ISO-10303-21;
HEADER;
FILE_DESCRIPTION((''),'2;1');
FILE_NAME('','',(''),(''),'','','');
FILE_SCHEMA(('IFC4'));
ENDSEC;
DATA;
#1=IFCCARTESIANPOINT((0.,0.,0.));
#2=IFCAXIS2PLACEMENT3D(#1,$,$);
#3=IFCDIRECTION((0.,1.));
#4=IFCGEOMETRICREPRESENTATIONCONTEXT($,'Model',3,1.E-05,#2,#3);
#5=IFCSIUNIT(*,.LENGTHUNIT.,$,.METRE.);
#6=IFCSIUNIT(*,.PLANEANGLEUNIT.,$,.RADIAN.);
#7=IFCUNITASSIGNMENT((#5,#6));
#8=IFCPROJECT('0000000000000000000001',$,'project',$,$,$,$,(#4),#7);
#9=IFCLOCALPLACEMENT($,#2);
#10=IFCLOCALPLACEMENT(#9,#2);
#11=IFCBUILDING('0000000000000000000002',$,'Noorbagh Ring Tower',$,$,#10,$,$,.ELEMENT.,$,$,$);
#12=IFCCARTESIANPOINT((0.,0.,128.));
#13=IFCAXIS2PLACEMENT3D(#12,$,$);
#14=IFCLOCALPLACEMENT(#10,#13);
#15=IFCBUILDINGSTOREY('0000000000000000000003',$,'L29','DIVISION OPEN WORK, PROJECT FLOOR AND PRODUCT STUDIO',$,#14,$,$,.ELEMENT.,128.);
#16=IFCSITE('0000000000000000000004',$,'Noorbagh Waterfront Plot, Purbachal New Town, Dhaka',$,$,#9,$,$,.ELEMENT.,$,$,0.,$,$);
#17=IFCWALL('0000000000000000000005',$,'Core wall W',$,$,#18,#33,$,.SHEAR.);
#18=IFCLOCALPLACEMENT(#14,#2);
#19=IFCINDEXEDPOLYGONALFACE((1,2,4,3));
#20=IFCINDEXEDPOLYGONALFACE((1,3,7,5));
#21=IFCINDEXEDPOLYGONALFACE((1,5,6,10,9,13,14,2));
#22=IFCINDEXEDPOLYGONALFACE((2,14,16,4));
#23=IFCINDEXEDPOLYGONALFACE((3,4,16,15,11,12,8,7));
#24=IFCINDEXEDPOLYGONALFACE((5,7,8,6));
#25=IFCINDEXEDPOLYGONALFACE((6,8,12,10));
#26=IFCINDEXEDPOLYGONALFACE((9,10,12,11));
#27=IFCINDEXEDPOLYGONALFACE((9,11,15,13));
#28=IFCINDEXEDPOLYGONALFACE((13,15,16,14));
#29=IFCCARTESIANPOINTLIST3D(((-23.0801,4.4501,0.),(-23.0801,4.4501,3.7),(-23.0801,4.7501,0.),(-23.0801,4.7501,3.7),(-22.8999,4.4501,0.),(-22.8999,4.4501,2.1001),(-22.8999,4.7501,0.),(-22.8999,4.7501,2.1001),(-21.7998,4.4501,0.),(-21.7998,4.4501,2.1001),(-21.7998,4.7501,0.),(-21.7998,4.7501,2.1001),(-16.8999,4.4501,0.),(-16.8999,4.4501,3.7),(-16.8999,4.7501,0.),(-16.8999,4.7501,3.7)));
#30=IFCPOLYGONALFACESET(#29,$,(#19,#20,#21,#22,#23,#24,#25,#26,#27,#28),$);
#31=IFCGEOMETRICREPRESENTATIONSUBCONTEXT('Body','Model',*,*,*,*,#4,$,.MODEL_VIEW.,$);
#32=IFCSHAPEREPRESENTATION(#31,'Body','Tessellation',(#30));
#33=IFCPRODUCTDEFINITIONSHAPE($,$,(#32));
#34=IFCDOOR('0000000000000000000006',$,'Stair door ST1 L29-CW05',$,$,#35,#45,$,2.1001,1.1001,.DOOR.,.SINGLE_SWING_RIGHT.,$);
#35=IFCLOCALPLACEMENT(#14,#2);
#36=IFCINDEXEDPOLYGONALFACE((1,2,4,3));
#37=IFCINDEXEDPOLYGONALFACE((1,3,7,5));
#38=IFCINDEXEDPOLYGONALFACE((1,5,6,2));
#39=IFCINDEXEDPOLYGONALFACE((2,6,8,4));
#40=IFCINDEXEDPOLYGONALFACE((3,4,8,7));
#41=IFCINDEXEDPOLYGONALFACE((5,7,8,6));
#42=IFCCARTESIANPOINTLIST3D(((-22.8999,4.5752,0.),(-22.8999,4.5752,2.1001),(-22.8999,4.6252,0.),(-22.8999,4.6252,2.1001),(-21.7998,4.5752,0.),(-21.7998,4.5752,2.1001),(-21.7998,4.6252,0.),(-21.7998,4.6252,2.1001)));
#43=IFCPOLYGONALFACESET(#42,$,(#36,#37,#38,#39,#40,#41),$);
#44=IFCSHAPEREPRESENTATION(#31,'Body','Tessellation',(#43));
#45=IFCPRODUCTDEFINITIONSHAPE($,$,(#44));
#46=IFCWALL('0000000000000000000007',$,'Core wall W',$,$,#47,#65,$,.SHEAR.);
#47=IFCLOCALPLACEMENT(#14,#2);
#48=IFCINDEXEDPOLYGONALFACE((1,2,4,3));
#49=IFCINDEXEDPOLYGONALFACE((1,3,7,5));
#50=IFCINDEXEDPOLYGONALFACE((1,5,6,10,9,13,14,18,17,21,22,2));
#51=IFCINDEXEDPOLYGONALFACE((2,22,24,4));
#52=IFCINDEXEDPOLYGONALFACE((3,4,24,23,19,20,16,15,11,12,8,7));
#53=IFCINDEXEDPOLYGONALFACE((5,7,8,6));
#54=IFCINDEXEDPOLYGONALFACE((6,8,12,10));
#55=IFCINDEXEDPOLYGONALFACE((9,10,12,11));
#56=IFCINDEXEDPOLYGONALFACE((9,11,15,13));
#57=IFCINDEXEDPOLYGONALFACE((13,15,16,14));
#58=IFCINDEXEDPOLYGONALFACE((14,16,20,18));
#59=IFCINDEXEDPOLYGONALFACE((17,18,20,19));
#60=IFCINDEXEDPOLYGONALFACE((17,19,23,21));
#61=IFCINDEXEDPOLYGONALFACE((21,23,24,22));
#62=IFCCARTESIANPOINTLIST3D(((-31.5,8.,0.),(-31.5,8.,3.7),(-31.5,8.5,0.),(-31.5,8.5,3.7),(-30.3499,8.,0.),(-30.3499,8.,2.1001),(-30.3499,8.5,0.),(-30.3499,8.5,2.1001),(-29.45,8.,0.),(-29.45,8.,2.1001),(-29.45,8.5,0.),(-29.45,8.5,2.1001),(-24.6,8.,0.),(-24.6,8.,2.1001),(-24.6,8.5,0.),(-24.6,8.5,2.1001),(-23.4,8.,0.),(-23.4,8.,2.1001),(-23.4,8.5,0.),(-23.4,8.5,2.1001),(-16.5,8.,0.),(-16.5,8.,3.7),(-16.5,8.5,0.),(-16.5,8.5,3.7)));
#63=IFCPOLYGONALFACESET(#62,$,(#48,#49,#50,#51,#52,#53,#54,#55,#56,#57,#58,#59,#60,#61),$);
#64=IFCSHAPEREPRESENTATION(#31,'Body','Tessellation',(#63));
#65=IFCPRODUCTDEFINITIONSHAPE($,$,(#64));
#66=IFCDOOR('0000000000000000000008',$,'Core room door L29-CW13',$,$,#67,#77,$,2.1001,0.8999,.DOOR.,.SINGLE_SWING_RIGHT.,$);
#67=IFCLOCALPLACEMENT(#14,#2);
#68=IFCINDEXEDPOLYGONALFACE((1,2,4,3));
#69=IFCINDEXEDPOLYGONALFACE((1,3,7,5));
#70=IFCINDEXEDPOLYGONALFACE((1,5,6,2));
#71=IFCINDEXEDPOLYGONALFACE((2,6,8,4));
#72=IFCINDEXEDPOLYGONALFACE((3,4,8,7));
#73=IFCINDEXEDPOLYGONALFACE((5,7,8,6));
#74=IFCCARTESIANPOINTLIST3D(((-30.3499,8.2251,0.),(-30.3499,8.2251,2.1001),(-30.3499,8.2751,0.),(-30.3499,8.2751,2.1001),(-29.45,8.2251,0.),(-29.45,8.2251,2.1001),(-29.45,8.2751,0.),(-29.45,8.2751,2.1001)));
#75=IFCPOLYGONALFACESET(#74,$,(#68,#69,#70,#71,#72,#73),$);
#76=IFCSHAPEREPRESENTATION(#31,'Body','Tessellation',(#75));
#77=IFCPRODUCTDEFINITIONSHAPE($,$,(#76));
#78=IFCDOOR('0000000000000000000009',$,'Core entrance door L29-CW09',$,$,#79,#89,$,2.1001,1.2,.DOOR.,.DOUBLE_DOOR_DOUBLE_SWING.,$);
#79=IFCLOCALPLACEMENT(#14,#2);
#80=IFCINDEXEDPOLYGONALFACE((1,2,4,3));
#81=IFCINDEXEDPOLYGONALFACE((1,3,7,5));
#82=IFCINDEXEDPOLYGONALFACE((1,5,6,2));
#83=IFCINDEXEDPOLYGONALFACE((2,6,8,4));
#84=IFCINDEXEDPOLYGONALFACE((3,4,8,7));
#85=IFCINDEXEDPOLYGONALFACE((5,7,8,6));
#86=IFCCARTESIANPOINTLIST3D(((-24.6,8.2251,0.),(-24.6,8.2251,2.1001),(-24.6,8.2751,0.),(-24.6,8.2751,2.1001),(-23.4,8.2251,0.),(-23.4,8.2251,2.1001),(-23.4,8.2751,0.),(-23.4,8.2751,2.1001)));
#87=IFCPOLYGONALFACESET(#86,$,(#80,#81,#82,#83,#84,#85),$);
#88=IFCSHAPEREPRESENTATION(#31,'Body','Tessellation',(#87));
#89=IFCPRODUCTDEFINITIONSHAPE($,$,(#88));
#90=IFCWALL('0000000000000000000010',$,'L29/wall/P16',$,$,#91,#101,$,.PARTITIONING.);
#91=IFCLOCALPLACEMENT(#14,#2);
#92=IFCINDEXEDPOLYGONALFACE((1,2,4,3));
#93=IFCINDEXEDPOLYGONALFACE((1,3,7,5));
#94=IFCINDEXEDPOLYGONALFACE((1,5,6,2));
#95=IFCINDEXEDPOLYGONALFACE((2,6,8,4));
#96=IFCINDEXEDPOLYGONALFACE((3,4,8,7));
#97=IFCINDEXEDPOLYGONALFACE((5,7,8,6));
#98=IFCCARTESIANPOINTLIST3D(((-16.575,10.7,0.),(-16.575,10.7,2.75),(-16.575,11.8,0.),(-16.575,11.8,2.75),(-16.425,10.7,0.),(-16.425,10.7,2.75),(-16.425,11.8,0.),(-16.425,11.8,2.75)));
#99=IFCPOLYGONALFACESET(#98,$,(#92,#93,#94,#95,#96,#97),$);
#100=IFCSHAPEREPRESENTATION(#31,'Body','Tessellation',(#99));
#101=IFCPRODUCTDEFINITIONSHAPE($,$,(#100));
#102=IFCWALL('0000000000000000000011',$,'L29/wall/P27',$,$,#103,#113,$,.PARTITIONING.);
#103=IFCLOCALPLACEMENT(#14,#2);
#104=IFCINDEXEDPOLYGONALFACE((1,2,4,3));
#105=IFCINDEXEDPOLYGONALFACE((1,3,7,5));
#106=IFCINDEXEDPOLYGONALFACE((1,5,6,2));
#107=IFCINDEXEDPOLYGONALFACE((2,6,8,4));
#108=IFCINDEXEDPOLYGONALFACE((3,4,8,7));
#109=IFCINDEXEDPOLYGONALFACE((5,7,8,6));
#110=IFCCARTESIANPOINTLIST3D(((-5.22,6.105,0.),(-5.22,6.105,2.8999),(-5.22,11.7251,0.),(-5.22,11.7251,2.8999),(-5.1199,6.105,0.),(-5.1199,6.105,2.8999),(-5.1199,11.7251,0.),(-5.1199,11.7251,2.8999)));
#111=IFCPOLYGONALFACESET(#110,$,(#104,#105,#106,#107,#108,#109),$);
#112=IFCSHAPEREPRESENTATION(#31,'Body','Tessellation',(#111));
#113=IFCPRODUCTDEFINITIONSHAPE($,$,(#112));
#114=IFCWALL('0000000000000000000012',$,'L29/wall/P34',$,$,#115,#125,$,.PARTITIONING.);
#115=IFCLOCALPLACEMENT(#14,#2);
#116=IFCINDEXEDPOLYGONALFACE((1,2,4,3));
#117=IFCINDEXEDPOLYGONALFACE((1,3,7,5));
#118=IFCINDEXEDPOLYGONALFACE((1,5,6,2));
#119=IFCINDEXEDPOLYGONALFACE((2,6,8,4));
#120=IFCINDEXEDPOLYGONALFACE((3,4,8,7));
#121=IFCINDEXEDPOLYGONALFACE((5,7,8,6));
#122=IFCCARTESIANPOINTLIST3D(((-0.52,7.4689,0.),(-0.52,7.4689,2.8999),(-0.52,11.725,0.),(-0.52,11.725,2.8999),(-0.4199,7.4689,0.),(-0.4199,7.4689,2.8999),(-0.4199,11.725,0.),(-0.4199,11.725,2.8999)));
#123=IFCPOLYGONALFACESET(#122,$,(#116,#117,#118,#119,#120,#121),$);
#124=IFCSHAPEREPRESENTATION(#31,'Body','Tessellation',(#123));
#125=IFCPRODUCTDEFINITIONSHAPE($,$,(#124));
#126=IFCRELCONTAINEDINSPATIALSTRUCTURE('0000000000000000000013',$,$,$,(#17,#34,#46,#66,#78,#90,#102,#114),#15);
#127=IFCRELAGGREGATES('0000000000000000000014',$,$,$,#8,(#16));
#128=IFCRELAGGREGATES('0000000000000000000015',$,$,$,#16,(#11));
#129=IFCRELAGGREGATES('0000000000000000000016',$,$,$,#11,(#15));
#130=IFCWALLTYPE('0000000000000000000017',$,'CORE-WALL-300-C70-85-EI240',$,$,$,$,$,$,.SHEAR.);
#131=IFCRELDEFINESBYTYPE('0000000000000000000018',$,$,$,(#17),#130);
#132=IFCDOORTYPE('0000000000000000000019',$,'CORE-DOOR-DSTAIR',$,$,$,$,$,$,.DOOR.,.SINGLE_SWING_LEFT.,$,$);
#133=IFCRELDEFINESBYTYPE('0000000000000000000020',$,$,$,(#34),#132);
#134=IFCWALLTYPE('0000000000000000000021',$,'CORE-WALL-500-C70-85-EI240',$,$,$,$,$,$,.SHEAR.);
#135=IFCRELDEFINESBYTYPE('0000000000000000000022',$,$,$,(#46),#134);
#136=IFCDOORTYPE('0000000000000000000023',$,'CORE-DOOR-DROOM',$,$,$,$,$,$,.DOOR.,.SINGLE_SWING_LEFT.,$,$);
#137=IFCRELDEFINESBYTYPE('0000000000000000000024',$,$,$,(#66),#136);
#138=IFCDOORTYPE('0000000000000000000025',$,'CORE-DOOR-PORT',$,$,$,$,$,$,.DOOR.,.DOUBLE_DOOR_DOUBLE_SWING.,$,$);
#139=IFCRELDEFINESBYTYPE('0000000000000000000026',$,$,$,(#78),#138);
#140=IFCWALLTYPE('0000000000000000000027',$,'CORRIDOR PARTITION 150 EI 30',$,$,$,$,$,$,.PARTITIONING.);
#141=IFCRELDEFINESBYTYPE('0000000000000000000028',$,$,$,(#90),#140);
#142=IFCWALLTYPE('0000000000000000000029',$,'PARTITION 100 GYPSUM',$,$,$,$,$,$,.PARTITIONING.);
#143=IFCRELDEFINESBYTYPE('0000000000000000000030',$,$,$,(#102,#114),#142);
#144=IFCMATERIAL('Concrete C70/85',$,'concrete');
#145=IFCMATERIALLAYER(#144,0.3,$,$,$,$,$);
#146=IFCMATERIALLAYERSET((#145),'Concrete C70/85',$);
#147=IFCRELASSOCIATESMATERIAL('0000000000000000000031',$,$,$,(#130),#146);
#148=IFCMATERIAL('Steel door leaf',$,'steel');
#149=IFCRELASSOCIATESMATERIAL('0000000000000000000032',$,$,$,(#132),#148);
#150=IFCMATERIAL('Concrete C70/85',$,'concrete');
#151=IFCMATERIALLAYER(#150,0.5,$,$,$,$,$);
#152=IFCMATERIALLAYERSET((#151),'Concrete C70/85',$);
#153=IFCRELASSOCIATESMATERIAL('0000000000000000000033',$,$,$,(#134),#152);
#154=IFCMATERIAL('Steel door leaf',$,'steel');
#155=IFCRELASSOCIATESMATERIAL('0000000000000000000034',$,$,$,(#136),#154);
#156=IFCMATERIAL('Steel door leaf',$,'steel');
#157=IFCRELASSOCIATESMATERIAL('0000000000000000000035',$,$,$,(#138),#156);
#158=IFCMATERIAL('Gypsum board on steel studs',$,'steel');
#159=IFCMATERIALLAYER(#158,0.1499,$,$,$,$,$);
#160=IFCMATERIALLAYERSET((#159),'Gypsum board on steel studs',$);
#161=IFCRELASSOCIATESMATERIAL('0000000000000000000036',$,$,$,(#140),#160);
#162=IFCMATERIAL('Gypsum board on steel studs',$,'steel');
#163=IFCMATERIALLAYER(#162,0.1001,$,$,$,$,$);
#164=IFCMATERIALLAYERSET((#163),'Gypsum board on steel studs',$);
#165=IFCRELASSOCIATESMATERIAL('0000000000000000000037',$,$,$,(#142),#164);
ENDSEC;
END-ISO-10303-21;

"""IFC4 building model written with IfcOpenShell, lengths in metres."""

from ifc_helpers import new_model, si_unit, direction, frame, frame_2d, origin, place, context, subcontext, project, spatial, rectangle, extrude, material, layer, layer_set, type_object, element, fill, save


model = new_model("IFC4")

# Units and contexts
model_context = context("Model", 3, precision=1e-05, world=origin(), true_north=direction((0.0, 1.0)))
body_context = subcontext(model_context, "Body", "Model", "MODEL_VIEW")
ifc_project = project(units=[si_unit("LENGTHUNIT", "METRE"), si_unit("PLANEANGLEUNIT", "RADIAN")], contexts=[model_context])

# Site, building, storey
site_placement = place(None, origin())
site = spatial("IfcSite", under=ifc_project, at=site_placement, Name="Noorbagh Waterfront Plot, Purbachal New Town, Dhaka", CompositionType="ELEMENT", RefElevation=0.0)
building_placement = place(site_placement, origin())
building = spatial("IfcBuilding", under=site, at=building_placement, Name="Noorbagh Ring Tower", CompositionType="ELEMENT")
storey_placement = place(building_placement, frame((0.0, 0.0, 128.0)))
storey = spatial("IfcBuildingStorey", under=building, at=storey_placement, Name="L29", Description="DIVISION OPEN WORK, PROJECT FLOOR AND PRODUCT STUDIO", CompositionType="ELEMENT", Elevation=128.0)

# Wall, opening, door
ifc_material_1 = material(Name="Concrete C70/85", Category="concrete")
ifc_layer_1 = layer(ifc_material_1, 0.3)
ifc_layer_set_1 = layer_set([ifc_layer_1], Name="Concrete C70/85")
wall_type_1 = type_object("IfcWallType", Name="CORE-WALL-300-C70-85-EI240", PredefinedType="SHEAR", material=ifc_layer_set_1)
wall_1_placement = place(storey_placement, frame((-16.8999, 4.6001, 0.0), z_axis=(0.0, 0.0, 1.0), x_axis=(-1.0, 0.0, 0.0)))
wall_1 = element("IfcWall", 1, at=wall_1_placement, inside=storey, type_object=wall_type_1, Name="Core wall W", PredefinedType="SHEAR", context=body_context, shape_type="SweptSolid", body=[
    extrude(rectangle(XDim=6.1802, YDim=0.3, at=frame_2d((3.0901, 0.0))), origin(), (0.0, 0.0, 1.0), 3.7),
])
opening_1_placement = place(wall_1_placement, frame((4.8999, 0.0, 0.0)))
opening_1 = element("IfcOpeningElement", 2, at=opening_1_placement, cuts=wall_1, PredefinedType="OPENING", context=body_context, shape_type="SweptSolid", body=[
    extrude(rectangle(XDim=1.1001, YDim=2.1001, at=frame_2d((0.55, 1.05))), frame((0.0, 0.1602, 0.0), z_axis=(0.0, -1.0, 0.0), x_axis=(1.0, 0.0, 0.0)), (0.0, 0.0, 1.0), 0.3201),
])
ifc_material_2 = material(Name="Steel door leaf", Category="steel")
door_type_1 = type_object("IfcDoorType", Name="CORE-DOOR-DSTAIR", OperationType="SINGLE_SWING_LEFT", PredefinedType="DOOR", material=ifc_material_2)
door_1_placement = place(opening_1_placement, origin())
door_1 = element("IfcDoor", 3, at=door_1_placement, inside=storey, type_object=door_type_1, Name="Stair door ST1 L29-CW05", OperationType="SINGLE_SWING_RIGHT", OverallHeight=2.1001, OverallWidth=1.1001, PredefinedType="DOOR", context=body_context, shape_type="SweptSolid", body=[
    extrude(rectangle(XDim=1.1001, YDim=2.1001, at=frame_2d((0.55, 1.05))), frame((0.0, 0.0249, 0.0), z_axis=(0.0, -1.0, 0.0), x_axis=(1.0, 0.0, 0.0)), (0.0, 0.0, 1.0), 0.05),
])
fill(opening_1, door_1)

# Wall, openings, doors
ifc_material_3 = material(Name="Concrete C70/85", Category="concrete")
ifc_layer_2 = layer(ifc_material_3, 0.5)
ifc_layer_set_2 = layer_set([ifc_layer_2], Name="Concrete C70/85")
wall_type_2 = type_object("IfcWallType", Name="CORE-WALL-500-C70-85-EI240", PredefinedType="SHEAR", material=ifc_layer_set_2)
wall_2_placement = place(storey_placement, frame((-16.5, 8.25, 0.0), z_axis=(0.0, 0.0, 1.0), x_axis=(-1.0, 0.0, 0.0)))
wall_2 = element("IfcWall", 4, at=wall_2_placement, inside=storey, type_object=wall_type_2, Name="Core wall W", PredefinedType="SHEAR", context=body_context, shape_type="SweptSolid", body=[
    extrude(rectangle(XDim=15.0, YDim=0.5, at=frame_2d((7.5, 0.0))), origin(), (0.0, 0.0, 1.0), 3.7),
])
opening_2_placement = place(wall_2_placement, frame((6.8999, 0.0, 0.0)))
opening_2 = element("IfcOpeningElement", 5, at=opening_2_placement, cuts=wall_2, PredefinedType="OPENING", context=body_context, shape_type="SweptSolid", body=[
    extrude(rectangle(XDim=1.2, YDim=2.1001, at=frame_2d((0.6001, 1.05))), frame((0.0, 0.26, 0.0), z_axis=(0.0, -1.0, 0.0), x_axis=(1.0, 0.0, 0.0)), (0.0, 0.0, 1.0), 0.52),
])
opening_3_placement = place(wall_2_placement, frame((12.95, 0.0, 0.0)))
opening_3 = element("IfcOpeningElement", 6, at=opening_3_placement, cuts=wall_2, PredefinedType="OPENING", context=body_context, shape_type="SweptSolid", body=[
    extrude(rectangle(XDim=0.8999, YDim=2.1001, at=frame_2d((0.45, 1.05))), frame((0.0, 0.26, 0.0), z_axis=(0.0, -1.0, 0.0), x_axis=(1.0, 0.0, 0.0)), (0.0, 0.0, 1.0), 0.52),
])
ifc_material_4 = material(Name="Steel door leaf", Category="steel")
door_type_2 = type_object("IfcDoorType", Name="CORE-DOOR-DROOM", OperationType="SINGLE_SWING_LEFT", PredefinedType="DOOR", material=ifc_material_4)
door_2_placement = place(opening_3_placement, origin())
door_2 = element("IfcDoor", 7, at=door_2_placement, inside=storey, type_object=door_type_2, Name="Core room door L29-CW13", OperationType="SINGLE_SWING_RIGHT", OverallHeight=2.1001, OverallWidth=0.8999, PredefinedType="DOOR", context=body_context, shape_type="SweptSolid", body=[
    extrude(rectangle(XDim=0.8999, YDim=2.1001, at=frame_2d((0.45, 1.05))), frame((0.0, 0.0249, 0.0), z_axis=(0.0, -1.0, 0.0), x_axis=(1.0, 0.0, 0.0)), (0.0, 0.0, 1.0), 0.05),
])
fill(opening_3, door_2)
ifc_material_5 = material(Name="Steel door leaf", Category="steel")
door_type_3 = type_object("IfcDoorType", Name="CORE-DOOR-PORT", OperationType="DOUBLE_DOOR_DOUBLE_SWING", PredefinedType="DOOR", material=ifc_material_5)
door_3_placement = place(opening_2_placement, origin())
door_3 = element("IfcDoor", 8, at=door_3_placement, inside=storey, type_object=door_type_3, Name="Core entrance door L29-CW09", OperationType="DOUBLE_DOOR_DOUBLE_SWING", OverallHeight=2.1001, OverallWidth=1.2, PredefinedType="DOOR", context=body_context, shape_type="SweptSolid", body=[
    extrude(rectangle(XDim=1.2, YDim=2.1001, at=frame_2d((0.6001, 1.05))), frame((0.0, 0.0249, 0.0), z_axis=(0.0, -1.0, 0.0), x_axis=(1.0, 0.0, 0.0)), (0.0, 0.0, 1.0), 0.05),
])
fill(opening_2, door_3)

# Walls
ifc_material_6 = material(Name="Gypsum board on steel studs", Category="steel")
ifc_layer_3 = layer(ifc_material_6, 0.1499)
ifc_layer_set_3 = layer_set([ifc_layer_3], Name="Gypsum board on steel studs")
wall_type_3 = type_object("IfcWallType", Name="CORRIDOR PARTITION 150 EI 30", PredefinedType="PARTITIONING", material=ifc_layer_set_3)
wall_3_placement = place(storey_placement, frame((-16.5, 10.7, 0.0), z_axis=(0.0, 0.0, 1.0), x_axis=(0.0, 1.0, 0.0)))
element("IfcWall", 9, at=wall_3_placement, inside=storey, type_object=wall_type_3, Name="L29/wall/P16", PredefinedType="PARTITIONING", context=body_context, shape_type="SweptSolid", body=[
    extrude(rectangle(XDim=1.1001, YDim=0.1499, at=frame_2d((0.55, 0.0))), origin(), (0.0, 0.0, 1.0), 2.75),
])
ifc_material_7 = material(Name="Gypsum board on steel studs", Category="steel")
ifc_layer_4 = layer(ifc_material_7, 0.1001)
ifc_layer_set_4 = layer_set([ifc_layer_4], Name="Gypsum board on steel studs")
wall_type_4 = type_object("IfcWallType", Name="PARTITION 100 GYPSUM", PredefinedType="PARTITIONING", material=ifc_layer_set_4)
wall_4_placement = place(storey_placement, frame((-5.1699, 6.105, 0.0), z_axis=(0.0, 0.0, 1.0), x_axis=(0.0, 1.0, 0.0)))
element("IfcWall", 10, at=wall_4_placement, inside=storey, type_object=wall_type_4, Name="L29/wall/P27", PredefinedType="PARTITIONING", context=body_context, shape_type="SweptSolid", body=[
    extrude(rectangle(XDim=5.6201, YDim=0.1001, at=frame_2d((2.8101, 0.0))), origin(), (0.0, 0.0, 1.0), 2.8999),
])
wall_5_placement = place(storey_placement, frame((-0.47, 7.469, 0.0), z_axis=(0.0, 0.0, 1.0), x_axis=(0.0, 1.0, 0.0)))
element("IfcWall", 11, at=wall_5_placement, inside=storey, type_object=wall_type_4, Name="L29/wall/P34", PredefinedType="PARTITIONING", context=body_context, shape_type="SweptSolid", body=[
    extrude(rectangle(XDim=4.2561, YDim=0.1001, at=frame_2d((2.1279, 0.0))), origin(), (0.0, 0.0, 1.0), 2.8999),
])

save(model, "model.ifc")
